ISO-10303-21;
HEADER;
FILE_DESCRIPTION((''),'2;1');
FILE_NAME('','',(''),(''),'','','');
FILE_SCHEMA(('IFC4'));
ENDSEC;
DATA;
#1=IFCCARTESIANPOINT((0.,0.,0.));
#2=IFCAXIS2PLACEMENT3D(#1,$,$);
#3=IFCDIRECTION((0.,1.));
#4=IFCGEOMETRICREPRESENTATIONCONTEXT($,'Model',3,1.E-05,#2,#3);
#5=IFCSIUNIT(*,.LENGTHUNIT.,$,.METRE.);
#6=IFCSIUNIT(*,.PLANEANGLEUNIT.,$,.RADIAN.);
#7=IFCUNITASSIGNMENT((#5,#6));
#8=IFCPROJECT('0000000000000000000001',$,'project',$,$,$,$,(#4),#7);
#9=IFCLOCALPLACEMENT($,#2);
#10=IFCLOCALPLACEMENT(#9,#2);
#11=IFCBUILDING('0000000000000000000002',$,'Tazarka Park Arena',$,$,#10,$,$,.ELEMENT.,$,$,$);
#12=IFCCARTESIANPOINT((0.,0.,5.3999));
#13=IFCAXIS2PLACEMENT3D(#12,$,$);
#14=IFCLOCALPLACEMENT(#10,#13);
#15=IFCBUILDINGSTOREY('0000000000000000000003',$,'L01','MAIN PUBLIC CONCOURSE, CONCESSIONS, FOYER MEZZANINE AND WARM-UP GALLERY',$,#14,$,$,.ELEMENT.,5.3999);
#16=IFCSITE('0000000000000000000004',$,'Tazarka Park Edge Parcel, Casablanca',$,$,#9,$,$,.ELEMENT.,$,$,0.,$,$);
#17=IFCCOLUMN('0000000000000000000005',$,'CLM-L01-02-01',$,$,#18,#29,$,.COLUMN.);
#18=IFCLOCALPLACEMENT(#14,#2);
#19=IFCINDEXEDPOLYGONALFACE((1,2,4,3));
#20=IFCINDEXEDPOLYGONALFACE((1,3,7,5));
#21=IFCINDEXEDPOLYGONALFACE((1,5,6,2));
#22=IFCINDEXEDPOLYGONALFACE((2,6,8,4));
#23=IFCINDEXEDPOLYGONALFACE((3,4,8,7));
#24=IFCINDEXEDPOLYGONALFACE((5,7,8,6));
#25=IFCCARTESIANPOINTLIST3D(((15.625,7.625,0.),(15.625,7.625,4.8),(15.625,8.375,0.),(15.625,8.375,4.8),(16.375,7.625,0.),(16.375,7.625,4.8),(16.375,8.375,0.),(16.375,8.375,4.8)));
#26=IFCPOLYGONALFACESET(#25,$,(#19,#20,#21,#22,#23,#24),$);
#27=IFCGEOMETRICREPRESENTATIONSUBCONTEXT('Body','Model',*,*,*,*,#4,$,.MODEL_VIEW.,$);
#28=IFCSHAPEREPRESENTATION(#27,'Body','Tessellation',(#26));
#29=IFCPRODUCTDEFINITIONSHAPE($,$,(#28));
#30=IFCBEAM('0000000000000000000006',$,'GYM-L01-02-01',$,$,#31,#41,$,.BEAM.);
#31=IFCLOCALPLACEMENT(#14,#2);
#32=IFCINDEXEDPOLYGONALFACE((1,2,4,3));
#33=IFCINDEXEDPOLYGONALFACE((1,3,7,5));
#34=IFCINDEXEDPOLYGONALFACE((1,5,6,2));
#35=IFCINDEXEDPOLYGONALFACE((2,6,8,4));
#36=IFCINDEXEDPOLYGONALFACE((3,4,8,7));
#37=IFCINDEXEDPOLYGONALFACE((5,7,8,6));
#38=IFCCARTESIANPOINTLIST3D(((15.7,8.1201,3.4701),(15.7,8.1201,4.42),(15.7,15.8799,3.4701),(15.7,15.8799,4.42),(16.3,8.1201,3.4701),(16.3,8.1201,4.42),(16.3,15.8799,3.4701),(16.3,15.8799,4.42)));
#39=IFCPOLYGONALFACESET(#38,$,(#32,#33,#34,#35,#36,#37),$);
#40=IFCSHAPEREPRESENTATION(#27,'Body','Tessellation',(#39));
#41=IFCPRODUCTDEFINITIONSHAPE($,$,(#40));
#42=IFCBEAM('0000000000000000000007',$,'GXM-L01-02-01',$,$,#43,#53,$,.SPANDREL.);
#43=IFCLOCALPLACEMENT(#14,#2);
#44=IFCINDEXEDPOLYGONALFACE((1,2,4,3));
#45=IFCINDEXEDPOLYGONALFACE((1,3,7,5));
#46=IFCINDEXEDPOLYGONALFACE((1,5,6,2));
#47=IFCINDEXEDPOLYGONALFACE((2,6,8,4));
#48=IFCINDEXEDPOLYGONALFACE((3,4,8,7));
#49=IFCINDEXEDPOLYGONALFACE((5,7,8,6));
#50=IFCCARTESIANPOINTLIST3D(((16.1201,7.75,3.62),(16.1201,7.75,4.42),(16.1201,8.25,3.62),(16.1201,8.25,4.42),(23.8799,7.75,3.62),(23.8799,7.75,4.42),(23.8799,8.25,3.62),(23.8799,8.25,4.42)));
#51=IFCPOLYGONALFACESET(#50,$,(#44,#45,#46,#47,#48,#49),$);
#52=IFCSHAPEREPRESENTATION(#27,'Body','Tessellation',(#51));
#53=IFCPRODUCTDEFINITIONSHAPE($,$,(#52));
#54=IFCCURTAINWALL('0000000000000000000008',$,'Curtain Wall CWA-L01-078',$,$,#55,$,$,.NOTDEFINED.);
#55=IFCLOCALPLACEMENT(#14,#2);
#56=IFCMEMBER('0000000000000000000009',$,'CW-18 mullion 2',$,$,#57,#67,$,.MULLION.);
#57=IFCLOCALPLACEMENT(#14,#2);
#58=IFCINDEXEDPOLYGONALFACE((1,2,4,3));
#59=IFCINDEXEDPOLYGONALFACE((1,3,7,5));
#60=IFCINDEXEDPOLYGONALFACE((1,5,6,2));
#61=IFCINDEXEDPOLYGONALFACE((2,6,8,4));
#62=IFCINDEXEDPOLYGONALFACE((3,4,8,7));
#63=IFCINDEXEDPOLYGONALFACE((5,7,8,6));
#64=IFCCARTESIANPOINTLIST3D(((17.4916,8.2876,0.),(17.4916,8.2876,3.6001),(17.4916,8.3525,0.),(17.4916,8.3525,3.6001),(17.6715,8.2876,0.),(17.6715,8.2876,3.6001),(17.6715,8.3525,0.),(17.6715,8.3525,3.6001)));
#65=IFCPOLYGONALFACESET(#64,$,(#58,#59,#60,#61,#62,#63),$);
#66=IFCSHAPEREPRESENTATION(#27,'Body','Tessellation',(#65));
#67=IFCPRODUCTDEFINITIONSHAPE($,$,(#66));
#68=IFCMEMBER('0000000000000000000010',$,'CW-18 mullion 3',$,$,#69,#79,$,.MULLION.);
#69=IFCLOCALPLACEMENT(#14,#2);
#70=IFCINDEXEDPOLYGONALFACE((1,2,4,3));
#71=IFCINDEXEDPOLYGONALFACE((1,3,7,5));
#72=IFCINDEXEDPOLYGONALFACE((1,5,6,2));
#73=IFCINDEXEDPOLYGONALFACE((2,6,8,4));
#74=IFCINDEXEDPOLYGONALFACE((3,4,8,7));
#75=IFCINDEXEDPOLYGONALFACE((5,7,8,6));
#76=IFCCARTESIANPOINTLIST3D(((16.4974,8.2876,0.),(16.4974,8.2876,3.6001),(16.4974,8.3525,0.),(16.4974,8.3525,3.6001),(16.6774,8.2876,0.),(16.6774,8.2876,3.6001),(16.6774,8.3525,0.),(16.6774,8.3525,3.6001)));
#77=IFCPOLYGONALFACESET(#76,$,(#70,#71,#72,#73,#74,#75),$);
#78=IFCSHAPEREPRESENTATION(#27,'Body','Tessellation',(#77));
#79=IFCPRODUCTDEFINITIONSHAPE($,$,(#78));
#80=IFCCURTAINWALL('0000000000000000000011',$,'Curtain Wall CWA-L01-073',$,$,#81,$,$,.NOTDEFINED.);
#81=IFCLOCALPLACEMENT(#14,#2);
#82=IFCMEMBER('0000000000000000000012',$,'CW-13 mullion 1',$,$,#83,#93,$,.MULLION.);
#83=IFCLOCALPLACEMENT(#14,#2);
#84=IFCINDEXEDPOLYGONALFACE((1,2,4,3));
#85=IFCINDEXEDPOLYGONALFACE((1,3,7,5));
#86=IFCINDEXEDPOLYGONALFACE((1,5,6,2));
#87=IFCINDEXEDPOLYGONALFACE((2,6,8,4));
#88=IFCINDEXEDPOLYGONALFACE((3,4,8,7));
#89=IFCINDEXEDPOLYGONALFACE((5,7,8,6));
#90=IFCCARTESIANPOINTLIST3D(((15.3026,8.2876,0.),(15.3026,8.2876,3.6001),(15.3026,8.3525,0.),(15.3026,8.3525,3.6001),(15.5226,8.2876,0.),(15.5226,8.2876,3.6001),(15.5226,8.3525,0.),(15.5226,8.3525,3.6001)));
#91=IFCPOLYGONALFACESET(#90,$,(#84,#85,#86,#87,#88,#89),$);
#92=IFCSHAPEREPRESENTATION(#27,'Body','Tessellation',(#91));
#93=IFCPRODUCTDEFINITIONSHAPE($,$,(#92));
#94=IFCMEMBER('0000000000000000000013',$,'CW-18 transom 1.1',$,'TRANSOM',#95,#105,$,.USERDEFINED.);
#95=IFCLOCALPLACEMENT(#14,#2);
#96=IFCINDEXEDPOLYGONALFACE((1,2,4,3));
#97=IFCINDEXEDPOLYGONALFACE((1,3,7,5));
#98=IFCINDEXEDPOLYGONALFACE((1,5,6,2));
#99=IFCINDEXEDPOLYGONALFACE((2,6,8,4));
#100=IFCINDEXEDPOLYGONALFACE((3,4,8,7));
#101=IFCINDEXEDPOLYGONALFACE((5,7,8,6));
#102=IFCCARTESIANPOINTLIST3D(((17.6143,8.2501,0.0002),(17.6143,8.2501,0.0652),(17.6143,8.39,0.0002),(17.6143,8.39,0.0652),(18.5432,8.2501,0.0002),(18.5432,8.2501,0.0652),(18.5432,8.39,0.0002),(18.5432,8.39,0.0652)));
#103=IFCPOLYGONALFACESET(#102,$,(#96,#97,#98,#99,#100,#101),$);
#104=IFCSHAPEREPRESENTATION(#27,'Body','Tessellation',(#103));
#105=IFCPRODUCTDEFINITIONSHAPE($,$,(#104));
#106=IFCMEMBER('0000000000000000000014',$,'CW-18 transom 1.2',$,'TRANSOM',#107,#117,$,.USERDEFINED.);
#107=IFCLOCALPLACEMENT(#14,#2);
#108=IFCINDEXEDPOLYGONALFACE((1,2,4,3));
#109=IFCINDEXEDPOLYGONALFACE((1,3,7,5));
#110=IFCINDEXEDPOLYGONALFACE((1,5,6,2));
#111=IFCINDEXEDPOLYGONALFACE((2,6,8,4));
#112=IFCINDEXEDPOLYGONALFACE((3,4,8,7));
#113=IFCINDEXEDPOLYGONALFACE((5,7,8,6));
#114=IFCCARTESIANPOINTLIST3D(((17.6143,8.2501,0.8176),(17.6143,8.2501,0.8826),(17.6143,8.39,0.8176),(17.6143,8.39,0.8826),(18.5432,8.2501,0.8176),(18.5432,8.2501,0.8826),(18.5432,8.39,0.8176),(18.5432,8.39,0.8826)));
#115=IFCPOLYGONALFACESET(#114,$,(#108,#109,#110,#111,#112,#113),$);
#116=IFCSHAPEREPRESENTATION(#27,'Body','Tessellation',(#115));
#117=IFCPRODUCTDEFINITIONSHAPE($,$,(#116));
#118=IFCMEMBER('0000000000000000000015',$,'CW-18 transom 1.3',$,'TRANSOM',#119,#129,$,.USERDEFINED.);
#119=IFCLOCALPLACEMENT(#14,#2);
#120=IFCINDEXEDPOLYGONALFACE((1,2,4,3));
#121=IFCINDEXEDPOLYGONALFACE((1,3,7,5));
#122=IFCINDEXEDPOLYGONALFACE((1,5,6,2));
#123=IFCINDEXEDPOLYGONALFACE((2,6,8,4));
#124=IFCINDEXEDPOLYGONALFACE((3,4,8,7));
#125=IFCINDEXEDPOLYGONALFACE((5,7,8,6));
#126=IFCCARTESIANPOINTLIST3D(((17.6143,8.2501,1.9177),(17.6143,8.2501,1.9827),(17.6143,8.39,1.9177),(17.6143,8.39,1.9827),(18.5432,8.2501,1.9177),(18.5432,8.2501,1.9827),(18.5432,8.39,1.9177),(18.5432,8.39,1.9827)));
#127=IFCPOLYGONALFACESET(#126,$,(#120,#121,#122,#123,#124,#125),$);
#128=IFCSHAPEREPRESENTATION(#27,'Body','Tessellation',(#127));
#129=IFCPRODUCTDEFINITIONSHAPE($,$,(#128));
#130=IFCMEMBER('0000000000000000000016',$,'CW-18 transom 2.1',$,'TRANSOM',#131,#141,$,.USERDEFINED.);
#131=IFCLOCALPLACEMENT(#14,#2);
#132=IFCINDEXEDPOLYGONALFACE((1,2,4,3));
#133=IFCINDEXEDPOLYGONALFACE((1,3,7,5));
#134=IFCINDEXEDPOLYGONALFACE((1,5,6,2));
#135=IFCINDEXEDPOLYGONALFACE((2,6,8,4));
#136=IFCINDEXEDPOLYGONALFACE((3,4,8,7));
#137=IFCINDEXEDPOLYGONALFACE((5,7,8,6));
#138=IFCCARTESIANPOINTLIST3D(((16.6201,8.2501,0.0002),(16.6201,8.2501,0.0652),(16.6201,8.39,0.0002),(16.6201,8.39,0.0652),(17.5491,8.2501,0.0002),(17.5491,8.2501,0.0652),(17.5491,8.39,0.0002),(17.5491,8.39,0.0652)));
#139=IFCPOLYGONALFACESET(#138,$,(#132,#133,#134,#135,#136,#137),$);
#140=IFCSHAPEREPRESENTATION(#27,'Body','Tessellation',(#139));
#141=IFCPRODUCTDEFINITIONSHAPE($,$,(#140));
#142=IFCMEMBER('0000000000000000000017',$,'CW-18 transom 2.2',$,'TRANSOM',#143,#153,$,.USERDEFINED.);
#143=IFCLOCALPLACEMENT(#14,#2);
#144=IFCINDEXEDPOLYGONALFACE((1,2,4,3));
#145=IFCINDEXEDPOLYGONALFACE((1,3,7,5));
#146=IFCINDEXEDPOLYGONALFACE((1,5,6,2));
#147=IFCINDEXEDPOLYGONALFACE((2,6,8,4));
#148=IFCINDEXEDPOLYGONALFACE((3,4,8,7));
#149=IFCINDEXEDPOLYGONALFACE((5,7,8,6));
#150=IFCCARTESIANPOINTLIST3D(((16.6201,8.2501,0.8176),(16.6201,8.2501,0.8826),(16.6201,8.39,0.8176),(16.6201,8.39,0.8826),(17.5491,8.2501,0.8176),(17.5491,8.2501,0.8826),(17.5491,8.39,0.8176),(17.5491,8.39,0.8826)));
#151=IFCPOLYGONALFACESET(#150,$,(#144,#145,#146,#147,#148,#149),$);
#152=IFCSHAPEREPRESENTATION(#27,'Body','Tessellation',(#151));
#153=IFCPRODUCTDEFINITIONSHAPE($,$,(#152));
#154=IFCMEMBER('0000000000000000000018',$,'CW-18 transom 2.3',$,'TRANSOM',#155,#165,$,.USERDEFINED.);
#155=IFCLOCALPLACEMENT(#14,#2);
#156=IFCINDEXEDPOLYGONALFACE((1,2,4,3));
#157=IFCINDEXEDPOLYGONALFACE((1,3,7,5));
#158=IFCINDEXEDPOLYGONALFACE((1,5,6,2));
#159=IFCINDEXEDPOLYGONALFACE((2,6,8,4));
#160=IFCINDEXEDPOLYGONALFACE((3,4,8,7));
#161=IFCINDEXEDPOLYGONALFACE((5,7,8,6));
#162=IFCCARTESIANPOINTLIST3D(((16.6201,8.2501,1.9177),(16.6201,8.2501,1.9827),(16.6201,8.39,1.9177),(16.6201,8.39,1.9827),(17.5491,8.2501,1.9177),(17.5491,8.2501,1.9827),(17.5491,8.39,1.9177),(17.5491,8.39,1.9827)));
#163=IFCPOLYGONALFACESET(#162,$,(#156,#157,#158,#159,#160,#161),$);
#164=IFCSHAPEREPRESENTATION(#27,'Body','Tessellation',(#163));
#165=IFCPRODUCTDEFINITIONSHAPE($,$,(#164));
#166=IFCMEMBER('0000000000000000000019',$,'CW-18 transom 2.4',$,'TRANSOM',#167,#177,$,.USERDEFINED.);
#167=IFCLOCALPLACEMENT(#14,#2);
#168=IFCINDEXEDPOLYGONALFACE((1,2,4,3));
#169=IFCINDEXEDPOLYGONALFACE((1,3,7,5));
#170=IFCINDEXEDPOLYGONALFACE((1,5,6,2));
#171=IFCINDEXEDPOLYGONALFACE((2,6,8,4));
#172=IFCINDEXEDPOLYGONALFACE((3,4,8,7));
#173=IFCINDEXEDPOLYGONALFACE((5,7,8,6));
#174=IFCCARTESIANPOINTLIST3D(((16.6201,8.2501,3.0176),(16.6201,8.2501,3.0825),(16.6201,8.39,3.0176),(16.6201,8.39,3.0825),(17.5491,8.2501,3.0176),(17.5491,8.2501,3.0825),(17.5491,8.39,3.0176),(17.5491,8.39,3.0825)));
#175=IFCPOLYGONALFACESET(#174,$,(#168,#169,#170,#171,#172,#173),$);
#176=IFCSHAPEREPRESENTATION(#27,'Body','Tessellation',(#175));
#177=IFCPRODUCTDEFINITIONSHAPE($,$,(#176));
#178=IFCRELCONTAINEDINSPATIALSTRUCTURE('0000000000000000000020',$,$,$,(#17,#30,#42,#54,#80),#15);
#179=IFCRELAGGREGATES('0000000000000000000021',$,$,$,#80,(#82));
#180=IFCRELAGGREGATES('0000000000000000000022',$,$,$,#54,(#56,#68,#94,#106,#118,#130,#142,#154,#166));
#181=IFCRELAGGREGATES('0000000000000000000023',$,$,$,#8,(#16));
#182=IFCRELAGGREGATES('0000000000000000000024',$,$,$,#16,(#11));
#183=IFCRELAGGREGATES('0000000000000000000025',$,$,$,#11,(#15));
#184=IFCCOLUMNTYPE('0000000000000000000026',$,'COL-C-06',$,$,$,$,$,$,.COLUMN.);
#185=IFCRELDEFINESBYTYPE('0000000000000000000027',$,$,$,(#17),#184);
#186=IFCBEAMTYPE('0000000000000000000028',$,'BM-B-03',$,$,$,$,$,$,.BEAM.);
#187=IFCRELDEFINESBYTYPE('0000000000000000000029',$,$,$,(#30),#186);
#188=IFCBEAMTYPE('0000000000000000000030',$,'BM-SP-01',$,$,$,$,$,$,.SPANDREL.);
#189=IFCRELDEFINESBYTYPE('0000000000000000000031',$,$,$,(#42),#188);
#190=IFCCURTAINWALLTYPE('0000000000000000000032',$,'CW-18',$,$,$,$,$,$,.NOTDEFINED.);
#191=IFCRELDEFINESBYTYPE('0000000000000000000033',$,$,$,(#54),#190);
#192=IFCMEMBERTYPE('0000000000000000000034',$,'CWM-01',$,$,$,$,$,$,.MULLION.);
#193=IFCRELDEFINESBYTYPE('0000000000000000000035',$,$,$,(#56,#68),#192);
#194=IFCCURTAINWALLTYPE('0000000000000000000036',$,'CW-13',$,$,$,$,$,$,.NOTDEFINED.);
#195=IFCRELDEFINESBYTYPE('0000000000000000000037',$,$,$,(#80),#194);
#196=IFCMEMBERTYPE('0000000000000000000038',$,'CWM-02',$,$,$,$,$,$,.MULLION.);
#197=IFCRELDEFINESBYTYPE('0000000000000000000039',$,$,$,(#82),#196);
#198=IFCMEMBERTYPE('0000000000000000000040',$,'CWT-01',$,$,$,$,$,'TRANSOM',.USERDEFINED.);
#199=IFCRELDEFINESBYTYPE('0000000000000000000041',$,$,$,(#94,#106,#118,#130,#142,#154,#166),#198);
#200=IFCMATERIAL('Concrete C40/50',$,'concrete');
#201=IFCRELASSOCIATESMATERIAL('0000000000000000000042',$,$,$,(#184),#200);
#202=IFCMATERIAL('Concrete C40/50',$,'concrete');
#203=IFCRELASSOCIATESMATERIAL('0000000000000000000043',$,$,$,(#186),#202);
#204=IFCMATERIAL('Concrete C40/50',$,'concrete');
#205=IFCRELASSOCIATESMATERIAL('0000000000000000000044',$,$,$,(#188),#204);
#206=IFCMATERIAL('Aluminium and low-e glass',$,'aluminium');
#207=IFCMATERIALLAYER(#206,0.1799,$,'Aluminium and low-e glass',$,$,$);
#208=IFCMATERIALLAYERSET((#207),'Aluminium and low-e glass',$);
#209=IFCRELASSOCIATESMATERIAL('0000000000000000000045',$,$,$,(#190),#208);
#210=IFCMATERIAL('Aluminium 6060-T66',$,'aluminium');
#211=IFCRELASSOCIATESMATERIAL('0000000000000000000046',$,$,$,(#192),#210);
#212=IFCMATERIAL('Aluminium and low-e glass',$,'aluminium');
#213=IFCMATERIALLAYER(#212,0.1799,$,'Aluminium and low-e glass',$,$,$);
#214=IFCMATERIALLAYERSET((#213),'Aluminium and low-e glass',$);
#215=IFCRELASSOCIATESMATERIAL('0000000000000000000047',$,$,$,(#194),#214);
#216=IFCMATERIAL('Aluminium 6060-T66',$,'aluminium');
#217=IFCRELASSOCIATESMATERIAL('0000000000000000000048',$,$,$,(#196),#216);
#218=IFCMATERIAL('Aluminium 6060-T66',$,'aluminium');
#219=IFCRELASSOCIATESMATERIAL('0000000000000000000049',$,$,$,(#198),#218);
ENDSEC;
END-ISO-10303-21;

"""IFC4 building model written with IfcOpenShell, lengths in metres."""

from ifc_helpers import new_model, si_unit, direction, frame, origin, origin_2d, place, context, subcontext, project, spatial, rectangle, extrude, material, layer, layer_set, material_profile, profile_set, type_object, element, aggregate, save


model = new_model("IFC4")

# Units and contexts
model_context = context("Model", 3, precision=1e-05, world=origin(), true_north=direction((0.0, 1.0)))
body_context = subcontext(model_context, "Body", "Model", "MODEL_VIEW")
ifc_project = project(units=[si_unit("LENGTHUNIT", "METRE"), si_unit("PLANEANGLEUNIT", "RADIAN")], contexts=[model_context])

# Site, building, storey
site_placement = place(None, origin())
site = spatial("IfcSite", under=ifc_project, at=site_placement, Name="Tazarka Park Edge Parcel, Casablanca", CompositionType="ELEMENT", RefElevation=0.0)
building_placement = place(site_placement, origin())
building = spatial("IfcBuilding", under=site, at=building_placement, Name="Tazarka Park Arena", CompositionType="ELEMENT")
storey_placement = place(building_placement, frame((0.0, 0.0, 5.3999)))
storey = spatial("IfcBuildingStorey", under=building, at=storey_placement, Name="L01", Description="MAIN PUBLIC CONCOURSE, CONCESSIONS, FOYER MEZZANINE AND WARM-UP GALLERY", CompositionType="ELEMENT", Elevation=5.3999)

# Column
ifc_material_1 = material(Name="Concrete C40/50", Category="concrete")
ifc_material_profile_1 = material_profile(ifc_material_1, rectangle(XDim=0.75, YDim=0.75, at=origin_2d()), Name="Concrete C40/50")
ifc_profile_set_1 = profile_set([ifc_material_profile_1], Name="Concrete C40/50")
column_type = type_object("IfcColumnType", Name="COL-C-06", PredefinedType="COLUMN", material=ifc_profile_set_1)
column_placement = place(storey_placement, frame((16.0, 8.0, 0.0), z_axis=(0.0, 0.0, 1.0), x_axis=(1.0, 0.0, 0.0)))
element("IfcColumn", 1, at=column_placement, inside=storey, type_object=column_type, Name="CLM-L01-02-01", PredefinedType="COLUMN", context=body_context, shape_type="SweptSolid", body=[
    extrude(rectangle(XDim=0.75, YDim=0.75, at=origin_2d()), origin(), (0.0, 0.0, 1.0), 4.8),
])

# Beams
ifc_material_2 = material(Name="Concrete C40/50", Category="concrete")
ifc_material_profile_2 = material_profile(ifc_material_2, rectangle(XDim=0.6001, YDim=0.95, at=origin_2d()), Name="Concrete C40/50")
ifc_profile_set_2 = profile_set([ifc_material_profile_2], Name="Concrete C40/50")
beam_type_1 = type_object("IfcBeamType", Name="BM-B-03", PredefinedType="BEAM", material=ifc_profile_set_2)
beam_1_placement = place(storey_placement, frame((16.0, 8.1201, 3.9451), z_axis=(0.0, 1.0, 0.0), x_axis=(-1.0, 0.0, 0.0)))
element("IfcBeam", 2, at=beam_1_placement, inside=storey, type_object=beam_type_1, Name="GYM-L01-02-01", PredefinedType="BEAM", context=body_context, shape_type="SweptSolid", body=[
    extrude(rectangle(XDim=0.6001, YDim=0.95, at=origin_2d()), origin(), (0.0, 0.0, 1.0), 7.7598),
])
ifc_material_3 = material(Name="Concrete C40/50", Category="concrete")
ifc_material_profile_3 = material_profile(ifc_material_3, rectangle(XDim=0.5, YDim=0.8, at=origin_2d()), Name="Concrete C40/50")
ifc_profile_set_3 = profile_set([ifc_material_profile_3], Name="Concrete C40/50")
beam_type_2 = type_object("IfcBeamType", Name="BM-SP-01", PredefinedType="SPANDREL", material=ifc_profile_set_3)
beam_2_placement = place(storey_placement, frame((16.1201, 8.0, 4.02), z_axis=(1.0, 0.0, 0.0), x_axis=(0.0, 1.0, 0.0)))
element("IfcBeam", 3, at=beam_2_placement, inside=storey, type_object=beam_type_2, Name="GXM-L01-02-01", PredefinedType="SPANDREL", context=body_context, shape_type="SweptSolid", body=[
    extrude(rectangle(XDim=0.5, YDim=0.8, at=origin_2d()), origin(), (0.0, 0.0, 1.0), 7.7598),
])

# Curtain wall, members
ifc_material_4 = material(Name="Aluminium and low-e glass", Category="aluminium")
ifc_layer_1 = layer(ifc_material_4, 0.1799, Name="Aluminium and low-e glass")
ifc_layer_set_1 = layer_set([ifc_layer_1], Name="Aluminium and low-e glass")
curtain_wall_type_1 = type_object("IfcCurtainWallType", Name="CW-18", PredefinedType="NOTDEFINED", material=ifc_layer_set_1)
curtain_wall_1_placement = place(storey_placement, origin())
curtain_wall_1 = element("IfcCurtainWall", 4, at=curtain_wall_1_placement, inside=storey, type_object=curtain_wall_type_1, Name="Curtain Wall CWA-L01-078", PredefinedType="NOTDEFINED")
ifc_material_5 = material(Name="Aluminium 6060-T66", Category="aluminium")
ifc_material_profile_4 = material_profile(ifc_material_5, rectangle(XDim=0.0649, YDim=0.1799, at=origin_2d()), Name="Aluminium 6060-T66")
ifc_profile_set_4 = profile_set([ifc_material_profile_4], Name="Aluminium 6060-T66")
member_type_1 = type_object("IfcMemberType", Name="CWM-01", PredefinedType="MULLION", material=ifc_profile_set_4)
member_1_placement = place(storey_placement, frame((17.5815, 8.3201, 0.0), z_axis=(0.0, 0.0, 1.0), x_axis=(0.0, -1.0, 0.0)))
member_1 = element("IfcMember", 5, at=member_1_placement, type_object=member_type_1, Name="CW-18 mullion 2", PredefinedType="MULLION", context=body_context, shape_type="SweptSolid", body=[
    extrude(rectangle(XDim=0.0649, YDim=0.1799, at=origin_2d()), origin(), (0.0, 0.0, 1.0), 3.6001),
])
member_2_placement = place(storey_placement, frame((16.5874, 8.3201, 0.0), z_axis=(0.0, 0.0, 1.0), x_axis=(0.0, -1.0, 0.0)))
member_2 = element("IfcMember", 6, at=member_2_placement, type_object=member_type_1, Name="CW-18 mullion 3", PredefinedType="MULLION", context=body_context, shape_type="SweptSolid", body=[
    extrude(rectangle(XDim=0.0649, YDim=0.1799, at=origin_2d()), origin(), (0.0, 0.0, 1.0), 3.6001),
])

# Curtain wall, member
ifc_material_6 = material(Name="Aluminium and low-e glass", Category="aluminium")
ifc_layer_2 = layer(ifc_material_6, 0.1799, Name="Aluminium and low-e glass")
ifc_layer_set_2 = layer_set([ifc_layer_2], Name="Aluminium and low-e glass")
curtain_wall_type_2 = type_object("IfcCurtainWallType", Name="CW-13", PredefinedType="NOTDEFINED", material=ifc_layer_set_2)
curtain_wall_2_placement = place(storey_placement, origin())
curtain_wall_2 = element("IfcCurtainWall", 7, at=curtain_wall_2_placement, inside=storey, type_object=curtain_wall_type_2, Name="Curtain Wall CWA-L01-073", PredefinedType="NOTDEFINED")
ifc_material_7 = material(Name="Aluminium 6060-T66", Category="aluminium")
ifc_material_profile_5 = material_profile(ifc_material_7, rectangle(XDim=0.0649, YDim=0.22, at=origin_2d()), Name="Aluminium 6060-T66")
ifc_profile_set_5 = profile_set([ifc_material_profile_5], Name="Aluminium 6060-T66")
member_type_2 = type_object("IfcMemberType", Name="CWM-02", PredefinedType="MULLION", material=ifc_profile_set_5)
member_3_placement = place(storey_placement, frame((15.4126, 8.3201, 0.0), z_axis=(0.0, 0.0, 1.0), x_axis=(0.0, -1.0, 0.0)))
member_3 = element("IfcMember", 8, at=member_3_placement, type_object=member_type_2, Name="CW-13 mullion 1", PredefinedType="MULLION", context=body_context, shape_type="SweptSolid", body=[
    extrude(rectangle(XDim=0.0649, YDim=0.22, at=origin_2d()), origin(), (0.0, 0.0, 1.0), 3.6001),
])

# Members
ifc_material_8 = material(Name="Aluminium 6060-T66", Category="aluminium")
ifc_material_profile_6 = material_profile(ifc_material_8, rectangle(XDim=0.1399, YDim=0.0649, at=origin_2d()), Name="Aluminium 6060-T66")
ifc_profile_set_6 = profile_set([ifc_material_profile_6], Name="Aluminium 6060-T66")
member_type_3 = type_object("IfcMemberType", Name="CWT-01", ElementType="TRANSOM", PredefinedType="USERDEFINED", material=ifc_profile_set_6)
member_4_placement = place(storey_placement, frame((18.5432, 8.3201, 0.0327), z_axis=(-1.0, 0.0, 0.0), x_axis=(0.0, -1.0, 0.0)))
member_4 = element("IfcMember", 9, at=member_4_placement, type_object=member_type_3, Name="CW-18 transom 1.1", ObjectType="TRANSOM", PredefinedType="USERDEFINED", context=body_context, shape_type="SweptSolid", body=[
    extrude(rectangle(XDim=0.1399, YDim=0.0649, at=origin_2d()), origin(), (0.0, 0.0, 1.0), 0.929),
])
member_5_placement = place(storey_placement, frame((18.5432, 8.3201, 0.8501), z_axis=(-1.0, 0.0, 0.0), x_axis=(0.0, -1.0, 0.0)))
member_5 = element("IfcMember", 10, at=member_5_placement, type_object=member_type_3, Name="CW-18 transom 1.2", ObjectType="TRANSOM", PredefinedType="USERDEFINED", context=body_context, shape_type="SweptSolid", body=[
    extrude(rectangle(XDim=0.1399, YDim=0.0649, at=origin_2d()), origin(), (0.0, 0.0, 1.0), 0.929),
])
member_6_placement = place(storey_placement, frame((18.5432, 8.3201, 1.9502), z_axis=(-1.0, 0.0, 0.0), x_axis=(0.0, -1.0, 0.0)))
member_6 = element("IfcMember", 11, at=member_6_placement, type_object=member_type_3, Name="CW-18 transom 1.3", ObjectType="TRANSOM", PredefinedType="USERDEFINED", context=body_context, shape_type="SweptSolid", body=[
    extrude(rectangle(XDim=0.1399, YDim=0.0649, at=origin_2d()), origin(), (0.0, 0.0, 1.0), 0.929),
])
member_7_placement = place(storey_placement, frame((17.5491, 8.3201, 0.0327), z_axis=(-1.0, 0.0, 0.0), x_axis=(0.0, -1.0, 0.0)))
member_7 = element("IfcMember", 12, at=member_7_placement, type_object=member_type_3, Name="CW-18 transom 2.1", ObjectType="TRANSOM", PredefinedType="USERDEFINED", context=body_context, shape_type="SweptSolid", body=[
    extrude(rectangle(XDim=0.1399, YDim=0.0649, at=origin_2d()), origin(), (0.0, 0.0, 1.0), 0.929),
])
member_8_placement = place(storey_placement, frame((17.5491, 8.3201, 0.8501), z_axis=(-1.0, 0.0, 0.0), x_axis=(0.0, -1.0, 0.0)))
member_8 = element("IfcMember", 13, at=member_8_placement, type_object=member_type_3, Name="CW-18 transom 2.2", ObjectType="TRANSOM", PredefinedType="USERDEFINED", context=body_context, shape_type="SweptSolid", body=[
    extrude(rectangle(XDim=0.1399, YDim=0.0649, at=origin_2d()), origin(), (0.0, 0.0, 1.0), 0.929),
])
member_9_placement = place(storey_placement, frame((17.5491, 8.3201, 1.9502), z_axis=(-1.0, 0.0, 0.0), x_axis=(0.0, -1.0, 0.0)))
member_9 = element("IfcMember", 14, at=member_9_placement, type_object=member_type_3, Name="CW-18 transom 2.3", ObjectType="TRANSOM", PredefinedType="USERDEFINED", context=body_context, shape_type="SweptSolid", body=[
    extrude(rectangle(XDim=0.1399, YDim=0.0649, at=origin_2d()), origin(), (0.0, 0.0, 1.0), 0.929),
])
member_10_placement = place(storey_placement, frame((17.5491, 8.3201, 3.05), z_axis=(-1.0, 0.0, 0.0), x_axis=(0.0, -1.0, 0.0)))
member_10 = element("IfcMember", 15, at=member_10_placement, type_object=member_type_3, Name="CW-18 transom 2.4", ObjectType="TRANSOM", PredefinedType="USERDEFINED", context=body_context, shape_type="SweptSolid", body=[
    extrude(rectangle(XDim=0.1399, YDim=0.0649, at=origin_2d()), origin(), (0.0, 0.0, 1.0), 0.929),
])
aggregate(curtain_wall_2, [member_3])

aggregate(curtain_wall_1, [member_1, member_2, member_4, member_5, member_6, member_7, member_8, member_9, member_10])

save(model, "model.ifc")
